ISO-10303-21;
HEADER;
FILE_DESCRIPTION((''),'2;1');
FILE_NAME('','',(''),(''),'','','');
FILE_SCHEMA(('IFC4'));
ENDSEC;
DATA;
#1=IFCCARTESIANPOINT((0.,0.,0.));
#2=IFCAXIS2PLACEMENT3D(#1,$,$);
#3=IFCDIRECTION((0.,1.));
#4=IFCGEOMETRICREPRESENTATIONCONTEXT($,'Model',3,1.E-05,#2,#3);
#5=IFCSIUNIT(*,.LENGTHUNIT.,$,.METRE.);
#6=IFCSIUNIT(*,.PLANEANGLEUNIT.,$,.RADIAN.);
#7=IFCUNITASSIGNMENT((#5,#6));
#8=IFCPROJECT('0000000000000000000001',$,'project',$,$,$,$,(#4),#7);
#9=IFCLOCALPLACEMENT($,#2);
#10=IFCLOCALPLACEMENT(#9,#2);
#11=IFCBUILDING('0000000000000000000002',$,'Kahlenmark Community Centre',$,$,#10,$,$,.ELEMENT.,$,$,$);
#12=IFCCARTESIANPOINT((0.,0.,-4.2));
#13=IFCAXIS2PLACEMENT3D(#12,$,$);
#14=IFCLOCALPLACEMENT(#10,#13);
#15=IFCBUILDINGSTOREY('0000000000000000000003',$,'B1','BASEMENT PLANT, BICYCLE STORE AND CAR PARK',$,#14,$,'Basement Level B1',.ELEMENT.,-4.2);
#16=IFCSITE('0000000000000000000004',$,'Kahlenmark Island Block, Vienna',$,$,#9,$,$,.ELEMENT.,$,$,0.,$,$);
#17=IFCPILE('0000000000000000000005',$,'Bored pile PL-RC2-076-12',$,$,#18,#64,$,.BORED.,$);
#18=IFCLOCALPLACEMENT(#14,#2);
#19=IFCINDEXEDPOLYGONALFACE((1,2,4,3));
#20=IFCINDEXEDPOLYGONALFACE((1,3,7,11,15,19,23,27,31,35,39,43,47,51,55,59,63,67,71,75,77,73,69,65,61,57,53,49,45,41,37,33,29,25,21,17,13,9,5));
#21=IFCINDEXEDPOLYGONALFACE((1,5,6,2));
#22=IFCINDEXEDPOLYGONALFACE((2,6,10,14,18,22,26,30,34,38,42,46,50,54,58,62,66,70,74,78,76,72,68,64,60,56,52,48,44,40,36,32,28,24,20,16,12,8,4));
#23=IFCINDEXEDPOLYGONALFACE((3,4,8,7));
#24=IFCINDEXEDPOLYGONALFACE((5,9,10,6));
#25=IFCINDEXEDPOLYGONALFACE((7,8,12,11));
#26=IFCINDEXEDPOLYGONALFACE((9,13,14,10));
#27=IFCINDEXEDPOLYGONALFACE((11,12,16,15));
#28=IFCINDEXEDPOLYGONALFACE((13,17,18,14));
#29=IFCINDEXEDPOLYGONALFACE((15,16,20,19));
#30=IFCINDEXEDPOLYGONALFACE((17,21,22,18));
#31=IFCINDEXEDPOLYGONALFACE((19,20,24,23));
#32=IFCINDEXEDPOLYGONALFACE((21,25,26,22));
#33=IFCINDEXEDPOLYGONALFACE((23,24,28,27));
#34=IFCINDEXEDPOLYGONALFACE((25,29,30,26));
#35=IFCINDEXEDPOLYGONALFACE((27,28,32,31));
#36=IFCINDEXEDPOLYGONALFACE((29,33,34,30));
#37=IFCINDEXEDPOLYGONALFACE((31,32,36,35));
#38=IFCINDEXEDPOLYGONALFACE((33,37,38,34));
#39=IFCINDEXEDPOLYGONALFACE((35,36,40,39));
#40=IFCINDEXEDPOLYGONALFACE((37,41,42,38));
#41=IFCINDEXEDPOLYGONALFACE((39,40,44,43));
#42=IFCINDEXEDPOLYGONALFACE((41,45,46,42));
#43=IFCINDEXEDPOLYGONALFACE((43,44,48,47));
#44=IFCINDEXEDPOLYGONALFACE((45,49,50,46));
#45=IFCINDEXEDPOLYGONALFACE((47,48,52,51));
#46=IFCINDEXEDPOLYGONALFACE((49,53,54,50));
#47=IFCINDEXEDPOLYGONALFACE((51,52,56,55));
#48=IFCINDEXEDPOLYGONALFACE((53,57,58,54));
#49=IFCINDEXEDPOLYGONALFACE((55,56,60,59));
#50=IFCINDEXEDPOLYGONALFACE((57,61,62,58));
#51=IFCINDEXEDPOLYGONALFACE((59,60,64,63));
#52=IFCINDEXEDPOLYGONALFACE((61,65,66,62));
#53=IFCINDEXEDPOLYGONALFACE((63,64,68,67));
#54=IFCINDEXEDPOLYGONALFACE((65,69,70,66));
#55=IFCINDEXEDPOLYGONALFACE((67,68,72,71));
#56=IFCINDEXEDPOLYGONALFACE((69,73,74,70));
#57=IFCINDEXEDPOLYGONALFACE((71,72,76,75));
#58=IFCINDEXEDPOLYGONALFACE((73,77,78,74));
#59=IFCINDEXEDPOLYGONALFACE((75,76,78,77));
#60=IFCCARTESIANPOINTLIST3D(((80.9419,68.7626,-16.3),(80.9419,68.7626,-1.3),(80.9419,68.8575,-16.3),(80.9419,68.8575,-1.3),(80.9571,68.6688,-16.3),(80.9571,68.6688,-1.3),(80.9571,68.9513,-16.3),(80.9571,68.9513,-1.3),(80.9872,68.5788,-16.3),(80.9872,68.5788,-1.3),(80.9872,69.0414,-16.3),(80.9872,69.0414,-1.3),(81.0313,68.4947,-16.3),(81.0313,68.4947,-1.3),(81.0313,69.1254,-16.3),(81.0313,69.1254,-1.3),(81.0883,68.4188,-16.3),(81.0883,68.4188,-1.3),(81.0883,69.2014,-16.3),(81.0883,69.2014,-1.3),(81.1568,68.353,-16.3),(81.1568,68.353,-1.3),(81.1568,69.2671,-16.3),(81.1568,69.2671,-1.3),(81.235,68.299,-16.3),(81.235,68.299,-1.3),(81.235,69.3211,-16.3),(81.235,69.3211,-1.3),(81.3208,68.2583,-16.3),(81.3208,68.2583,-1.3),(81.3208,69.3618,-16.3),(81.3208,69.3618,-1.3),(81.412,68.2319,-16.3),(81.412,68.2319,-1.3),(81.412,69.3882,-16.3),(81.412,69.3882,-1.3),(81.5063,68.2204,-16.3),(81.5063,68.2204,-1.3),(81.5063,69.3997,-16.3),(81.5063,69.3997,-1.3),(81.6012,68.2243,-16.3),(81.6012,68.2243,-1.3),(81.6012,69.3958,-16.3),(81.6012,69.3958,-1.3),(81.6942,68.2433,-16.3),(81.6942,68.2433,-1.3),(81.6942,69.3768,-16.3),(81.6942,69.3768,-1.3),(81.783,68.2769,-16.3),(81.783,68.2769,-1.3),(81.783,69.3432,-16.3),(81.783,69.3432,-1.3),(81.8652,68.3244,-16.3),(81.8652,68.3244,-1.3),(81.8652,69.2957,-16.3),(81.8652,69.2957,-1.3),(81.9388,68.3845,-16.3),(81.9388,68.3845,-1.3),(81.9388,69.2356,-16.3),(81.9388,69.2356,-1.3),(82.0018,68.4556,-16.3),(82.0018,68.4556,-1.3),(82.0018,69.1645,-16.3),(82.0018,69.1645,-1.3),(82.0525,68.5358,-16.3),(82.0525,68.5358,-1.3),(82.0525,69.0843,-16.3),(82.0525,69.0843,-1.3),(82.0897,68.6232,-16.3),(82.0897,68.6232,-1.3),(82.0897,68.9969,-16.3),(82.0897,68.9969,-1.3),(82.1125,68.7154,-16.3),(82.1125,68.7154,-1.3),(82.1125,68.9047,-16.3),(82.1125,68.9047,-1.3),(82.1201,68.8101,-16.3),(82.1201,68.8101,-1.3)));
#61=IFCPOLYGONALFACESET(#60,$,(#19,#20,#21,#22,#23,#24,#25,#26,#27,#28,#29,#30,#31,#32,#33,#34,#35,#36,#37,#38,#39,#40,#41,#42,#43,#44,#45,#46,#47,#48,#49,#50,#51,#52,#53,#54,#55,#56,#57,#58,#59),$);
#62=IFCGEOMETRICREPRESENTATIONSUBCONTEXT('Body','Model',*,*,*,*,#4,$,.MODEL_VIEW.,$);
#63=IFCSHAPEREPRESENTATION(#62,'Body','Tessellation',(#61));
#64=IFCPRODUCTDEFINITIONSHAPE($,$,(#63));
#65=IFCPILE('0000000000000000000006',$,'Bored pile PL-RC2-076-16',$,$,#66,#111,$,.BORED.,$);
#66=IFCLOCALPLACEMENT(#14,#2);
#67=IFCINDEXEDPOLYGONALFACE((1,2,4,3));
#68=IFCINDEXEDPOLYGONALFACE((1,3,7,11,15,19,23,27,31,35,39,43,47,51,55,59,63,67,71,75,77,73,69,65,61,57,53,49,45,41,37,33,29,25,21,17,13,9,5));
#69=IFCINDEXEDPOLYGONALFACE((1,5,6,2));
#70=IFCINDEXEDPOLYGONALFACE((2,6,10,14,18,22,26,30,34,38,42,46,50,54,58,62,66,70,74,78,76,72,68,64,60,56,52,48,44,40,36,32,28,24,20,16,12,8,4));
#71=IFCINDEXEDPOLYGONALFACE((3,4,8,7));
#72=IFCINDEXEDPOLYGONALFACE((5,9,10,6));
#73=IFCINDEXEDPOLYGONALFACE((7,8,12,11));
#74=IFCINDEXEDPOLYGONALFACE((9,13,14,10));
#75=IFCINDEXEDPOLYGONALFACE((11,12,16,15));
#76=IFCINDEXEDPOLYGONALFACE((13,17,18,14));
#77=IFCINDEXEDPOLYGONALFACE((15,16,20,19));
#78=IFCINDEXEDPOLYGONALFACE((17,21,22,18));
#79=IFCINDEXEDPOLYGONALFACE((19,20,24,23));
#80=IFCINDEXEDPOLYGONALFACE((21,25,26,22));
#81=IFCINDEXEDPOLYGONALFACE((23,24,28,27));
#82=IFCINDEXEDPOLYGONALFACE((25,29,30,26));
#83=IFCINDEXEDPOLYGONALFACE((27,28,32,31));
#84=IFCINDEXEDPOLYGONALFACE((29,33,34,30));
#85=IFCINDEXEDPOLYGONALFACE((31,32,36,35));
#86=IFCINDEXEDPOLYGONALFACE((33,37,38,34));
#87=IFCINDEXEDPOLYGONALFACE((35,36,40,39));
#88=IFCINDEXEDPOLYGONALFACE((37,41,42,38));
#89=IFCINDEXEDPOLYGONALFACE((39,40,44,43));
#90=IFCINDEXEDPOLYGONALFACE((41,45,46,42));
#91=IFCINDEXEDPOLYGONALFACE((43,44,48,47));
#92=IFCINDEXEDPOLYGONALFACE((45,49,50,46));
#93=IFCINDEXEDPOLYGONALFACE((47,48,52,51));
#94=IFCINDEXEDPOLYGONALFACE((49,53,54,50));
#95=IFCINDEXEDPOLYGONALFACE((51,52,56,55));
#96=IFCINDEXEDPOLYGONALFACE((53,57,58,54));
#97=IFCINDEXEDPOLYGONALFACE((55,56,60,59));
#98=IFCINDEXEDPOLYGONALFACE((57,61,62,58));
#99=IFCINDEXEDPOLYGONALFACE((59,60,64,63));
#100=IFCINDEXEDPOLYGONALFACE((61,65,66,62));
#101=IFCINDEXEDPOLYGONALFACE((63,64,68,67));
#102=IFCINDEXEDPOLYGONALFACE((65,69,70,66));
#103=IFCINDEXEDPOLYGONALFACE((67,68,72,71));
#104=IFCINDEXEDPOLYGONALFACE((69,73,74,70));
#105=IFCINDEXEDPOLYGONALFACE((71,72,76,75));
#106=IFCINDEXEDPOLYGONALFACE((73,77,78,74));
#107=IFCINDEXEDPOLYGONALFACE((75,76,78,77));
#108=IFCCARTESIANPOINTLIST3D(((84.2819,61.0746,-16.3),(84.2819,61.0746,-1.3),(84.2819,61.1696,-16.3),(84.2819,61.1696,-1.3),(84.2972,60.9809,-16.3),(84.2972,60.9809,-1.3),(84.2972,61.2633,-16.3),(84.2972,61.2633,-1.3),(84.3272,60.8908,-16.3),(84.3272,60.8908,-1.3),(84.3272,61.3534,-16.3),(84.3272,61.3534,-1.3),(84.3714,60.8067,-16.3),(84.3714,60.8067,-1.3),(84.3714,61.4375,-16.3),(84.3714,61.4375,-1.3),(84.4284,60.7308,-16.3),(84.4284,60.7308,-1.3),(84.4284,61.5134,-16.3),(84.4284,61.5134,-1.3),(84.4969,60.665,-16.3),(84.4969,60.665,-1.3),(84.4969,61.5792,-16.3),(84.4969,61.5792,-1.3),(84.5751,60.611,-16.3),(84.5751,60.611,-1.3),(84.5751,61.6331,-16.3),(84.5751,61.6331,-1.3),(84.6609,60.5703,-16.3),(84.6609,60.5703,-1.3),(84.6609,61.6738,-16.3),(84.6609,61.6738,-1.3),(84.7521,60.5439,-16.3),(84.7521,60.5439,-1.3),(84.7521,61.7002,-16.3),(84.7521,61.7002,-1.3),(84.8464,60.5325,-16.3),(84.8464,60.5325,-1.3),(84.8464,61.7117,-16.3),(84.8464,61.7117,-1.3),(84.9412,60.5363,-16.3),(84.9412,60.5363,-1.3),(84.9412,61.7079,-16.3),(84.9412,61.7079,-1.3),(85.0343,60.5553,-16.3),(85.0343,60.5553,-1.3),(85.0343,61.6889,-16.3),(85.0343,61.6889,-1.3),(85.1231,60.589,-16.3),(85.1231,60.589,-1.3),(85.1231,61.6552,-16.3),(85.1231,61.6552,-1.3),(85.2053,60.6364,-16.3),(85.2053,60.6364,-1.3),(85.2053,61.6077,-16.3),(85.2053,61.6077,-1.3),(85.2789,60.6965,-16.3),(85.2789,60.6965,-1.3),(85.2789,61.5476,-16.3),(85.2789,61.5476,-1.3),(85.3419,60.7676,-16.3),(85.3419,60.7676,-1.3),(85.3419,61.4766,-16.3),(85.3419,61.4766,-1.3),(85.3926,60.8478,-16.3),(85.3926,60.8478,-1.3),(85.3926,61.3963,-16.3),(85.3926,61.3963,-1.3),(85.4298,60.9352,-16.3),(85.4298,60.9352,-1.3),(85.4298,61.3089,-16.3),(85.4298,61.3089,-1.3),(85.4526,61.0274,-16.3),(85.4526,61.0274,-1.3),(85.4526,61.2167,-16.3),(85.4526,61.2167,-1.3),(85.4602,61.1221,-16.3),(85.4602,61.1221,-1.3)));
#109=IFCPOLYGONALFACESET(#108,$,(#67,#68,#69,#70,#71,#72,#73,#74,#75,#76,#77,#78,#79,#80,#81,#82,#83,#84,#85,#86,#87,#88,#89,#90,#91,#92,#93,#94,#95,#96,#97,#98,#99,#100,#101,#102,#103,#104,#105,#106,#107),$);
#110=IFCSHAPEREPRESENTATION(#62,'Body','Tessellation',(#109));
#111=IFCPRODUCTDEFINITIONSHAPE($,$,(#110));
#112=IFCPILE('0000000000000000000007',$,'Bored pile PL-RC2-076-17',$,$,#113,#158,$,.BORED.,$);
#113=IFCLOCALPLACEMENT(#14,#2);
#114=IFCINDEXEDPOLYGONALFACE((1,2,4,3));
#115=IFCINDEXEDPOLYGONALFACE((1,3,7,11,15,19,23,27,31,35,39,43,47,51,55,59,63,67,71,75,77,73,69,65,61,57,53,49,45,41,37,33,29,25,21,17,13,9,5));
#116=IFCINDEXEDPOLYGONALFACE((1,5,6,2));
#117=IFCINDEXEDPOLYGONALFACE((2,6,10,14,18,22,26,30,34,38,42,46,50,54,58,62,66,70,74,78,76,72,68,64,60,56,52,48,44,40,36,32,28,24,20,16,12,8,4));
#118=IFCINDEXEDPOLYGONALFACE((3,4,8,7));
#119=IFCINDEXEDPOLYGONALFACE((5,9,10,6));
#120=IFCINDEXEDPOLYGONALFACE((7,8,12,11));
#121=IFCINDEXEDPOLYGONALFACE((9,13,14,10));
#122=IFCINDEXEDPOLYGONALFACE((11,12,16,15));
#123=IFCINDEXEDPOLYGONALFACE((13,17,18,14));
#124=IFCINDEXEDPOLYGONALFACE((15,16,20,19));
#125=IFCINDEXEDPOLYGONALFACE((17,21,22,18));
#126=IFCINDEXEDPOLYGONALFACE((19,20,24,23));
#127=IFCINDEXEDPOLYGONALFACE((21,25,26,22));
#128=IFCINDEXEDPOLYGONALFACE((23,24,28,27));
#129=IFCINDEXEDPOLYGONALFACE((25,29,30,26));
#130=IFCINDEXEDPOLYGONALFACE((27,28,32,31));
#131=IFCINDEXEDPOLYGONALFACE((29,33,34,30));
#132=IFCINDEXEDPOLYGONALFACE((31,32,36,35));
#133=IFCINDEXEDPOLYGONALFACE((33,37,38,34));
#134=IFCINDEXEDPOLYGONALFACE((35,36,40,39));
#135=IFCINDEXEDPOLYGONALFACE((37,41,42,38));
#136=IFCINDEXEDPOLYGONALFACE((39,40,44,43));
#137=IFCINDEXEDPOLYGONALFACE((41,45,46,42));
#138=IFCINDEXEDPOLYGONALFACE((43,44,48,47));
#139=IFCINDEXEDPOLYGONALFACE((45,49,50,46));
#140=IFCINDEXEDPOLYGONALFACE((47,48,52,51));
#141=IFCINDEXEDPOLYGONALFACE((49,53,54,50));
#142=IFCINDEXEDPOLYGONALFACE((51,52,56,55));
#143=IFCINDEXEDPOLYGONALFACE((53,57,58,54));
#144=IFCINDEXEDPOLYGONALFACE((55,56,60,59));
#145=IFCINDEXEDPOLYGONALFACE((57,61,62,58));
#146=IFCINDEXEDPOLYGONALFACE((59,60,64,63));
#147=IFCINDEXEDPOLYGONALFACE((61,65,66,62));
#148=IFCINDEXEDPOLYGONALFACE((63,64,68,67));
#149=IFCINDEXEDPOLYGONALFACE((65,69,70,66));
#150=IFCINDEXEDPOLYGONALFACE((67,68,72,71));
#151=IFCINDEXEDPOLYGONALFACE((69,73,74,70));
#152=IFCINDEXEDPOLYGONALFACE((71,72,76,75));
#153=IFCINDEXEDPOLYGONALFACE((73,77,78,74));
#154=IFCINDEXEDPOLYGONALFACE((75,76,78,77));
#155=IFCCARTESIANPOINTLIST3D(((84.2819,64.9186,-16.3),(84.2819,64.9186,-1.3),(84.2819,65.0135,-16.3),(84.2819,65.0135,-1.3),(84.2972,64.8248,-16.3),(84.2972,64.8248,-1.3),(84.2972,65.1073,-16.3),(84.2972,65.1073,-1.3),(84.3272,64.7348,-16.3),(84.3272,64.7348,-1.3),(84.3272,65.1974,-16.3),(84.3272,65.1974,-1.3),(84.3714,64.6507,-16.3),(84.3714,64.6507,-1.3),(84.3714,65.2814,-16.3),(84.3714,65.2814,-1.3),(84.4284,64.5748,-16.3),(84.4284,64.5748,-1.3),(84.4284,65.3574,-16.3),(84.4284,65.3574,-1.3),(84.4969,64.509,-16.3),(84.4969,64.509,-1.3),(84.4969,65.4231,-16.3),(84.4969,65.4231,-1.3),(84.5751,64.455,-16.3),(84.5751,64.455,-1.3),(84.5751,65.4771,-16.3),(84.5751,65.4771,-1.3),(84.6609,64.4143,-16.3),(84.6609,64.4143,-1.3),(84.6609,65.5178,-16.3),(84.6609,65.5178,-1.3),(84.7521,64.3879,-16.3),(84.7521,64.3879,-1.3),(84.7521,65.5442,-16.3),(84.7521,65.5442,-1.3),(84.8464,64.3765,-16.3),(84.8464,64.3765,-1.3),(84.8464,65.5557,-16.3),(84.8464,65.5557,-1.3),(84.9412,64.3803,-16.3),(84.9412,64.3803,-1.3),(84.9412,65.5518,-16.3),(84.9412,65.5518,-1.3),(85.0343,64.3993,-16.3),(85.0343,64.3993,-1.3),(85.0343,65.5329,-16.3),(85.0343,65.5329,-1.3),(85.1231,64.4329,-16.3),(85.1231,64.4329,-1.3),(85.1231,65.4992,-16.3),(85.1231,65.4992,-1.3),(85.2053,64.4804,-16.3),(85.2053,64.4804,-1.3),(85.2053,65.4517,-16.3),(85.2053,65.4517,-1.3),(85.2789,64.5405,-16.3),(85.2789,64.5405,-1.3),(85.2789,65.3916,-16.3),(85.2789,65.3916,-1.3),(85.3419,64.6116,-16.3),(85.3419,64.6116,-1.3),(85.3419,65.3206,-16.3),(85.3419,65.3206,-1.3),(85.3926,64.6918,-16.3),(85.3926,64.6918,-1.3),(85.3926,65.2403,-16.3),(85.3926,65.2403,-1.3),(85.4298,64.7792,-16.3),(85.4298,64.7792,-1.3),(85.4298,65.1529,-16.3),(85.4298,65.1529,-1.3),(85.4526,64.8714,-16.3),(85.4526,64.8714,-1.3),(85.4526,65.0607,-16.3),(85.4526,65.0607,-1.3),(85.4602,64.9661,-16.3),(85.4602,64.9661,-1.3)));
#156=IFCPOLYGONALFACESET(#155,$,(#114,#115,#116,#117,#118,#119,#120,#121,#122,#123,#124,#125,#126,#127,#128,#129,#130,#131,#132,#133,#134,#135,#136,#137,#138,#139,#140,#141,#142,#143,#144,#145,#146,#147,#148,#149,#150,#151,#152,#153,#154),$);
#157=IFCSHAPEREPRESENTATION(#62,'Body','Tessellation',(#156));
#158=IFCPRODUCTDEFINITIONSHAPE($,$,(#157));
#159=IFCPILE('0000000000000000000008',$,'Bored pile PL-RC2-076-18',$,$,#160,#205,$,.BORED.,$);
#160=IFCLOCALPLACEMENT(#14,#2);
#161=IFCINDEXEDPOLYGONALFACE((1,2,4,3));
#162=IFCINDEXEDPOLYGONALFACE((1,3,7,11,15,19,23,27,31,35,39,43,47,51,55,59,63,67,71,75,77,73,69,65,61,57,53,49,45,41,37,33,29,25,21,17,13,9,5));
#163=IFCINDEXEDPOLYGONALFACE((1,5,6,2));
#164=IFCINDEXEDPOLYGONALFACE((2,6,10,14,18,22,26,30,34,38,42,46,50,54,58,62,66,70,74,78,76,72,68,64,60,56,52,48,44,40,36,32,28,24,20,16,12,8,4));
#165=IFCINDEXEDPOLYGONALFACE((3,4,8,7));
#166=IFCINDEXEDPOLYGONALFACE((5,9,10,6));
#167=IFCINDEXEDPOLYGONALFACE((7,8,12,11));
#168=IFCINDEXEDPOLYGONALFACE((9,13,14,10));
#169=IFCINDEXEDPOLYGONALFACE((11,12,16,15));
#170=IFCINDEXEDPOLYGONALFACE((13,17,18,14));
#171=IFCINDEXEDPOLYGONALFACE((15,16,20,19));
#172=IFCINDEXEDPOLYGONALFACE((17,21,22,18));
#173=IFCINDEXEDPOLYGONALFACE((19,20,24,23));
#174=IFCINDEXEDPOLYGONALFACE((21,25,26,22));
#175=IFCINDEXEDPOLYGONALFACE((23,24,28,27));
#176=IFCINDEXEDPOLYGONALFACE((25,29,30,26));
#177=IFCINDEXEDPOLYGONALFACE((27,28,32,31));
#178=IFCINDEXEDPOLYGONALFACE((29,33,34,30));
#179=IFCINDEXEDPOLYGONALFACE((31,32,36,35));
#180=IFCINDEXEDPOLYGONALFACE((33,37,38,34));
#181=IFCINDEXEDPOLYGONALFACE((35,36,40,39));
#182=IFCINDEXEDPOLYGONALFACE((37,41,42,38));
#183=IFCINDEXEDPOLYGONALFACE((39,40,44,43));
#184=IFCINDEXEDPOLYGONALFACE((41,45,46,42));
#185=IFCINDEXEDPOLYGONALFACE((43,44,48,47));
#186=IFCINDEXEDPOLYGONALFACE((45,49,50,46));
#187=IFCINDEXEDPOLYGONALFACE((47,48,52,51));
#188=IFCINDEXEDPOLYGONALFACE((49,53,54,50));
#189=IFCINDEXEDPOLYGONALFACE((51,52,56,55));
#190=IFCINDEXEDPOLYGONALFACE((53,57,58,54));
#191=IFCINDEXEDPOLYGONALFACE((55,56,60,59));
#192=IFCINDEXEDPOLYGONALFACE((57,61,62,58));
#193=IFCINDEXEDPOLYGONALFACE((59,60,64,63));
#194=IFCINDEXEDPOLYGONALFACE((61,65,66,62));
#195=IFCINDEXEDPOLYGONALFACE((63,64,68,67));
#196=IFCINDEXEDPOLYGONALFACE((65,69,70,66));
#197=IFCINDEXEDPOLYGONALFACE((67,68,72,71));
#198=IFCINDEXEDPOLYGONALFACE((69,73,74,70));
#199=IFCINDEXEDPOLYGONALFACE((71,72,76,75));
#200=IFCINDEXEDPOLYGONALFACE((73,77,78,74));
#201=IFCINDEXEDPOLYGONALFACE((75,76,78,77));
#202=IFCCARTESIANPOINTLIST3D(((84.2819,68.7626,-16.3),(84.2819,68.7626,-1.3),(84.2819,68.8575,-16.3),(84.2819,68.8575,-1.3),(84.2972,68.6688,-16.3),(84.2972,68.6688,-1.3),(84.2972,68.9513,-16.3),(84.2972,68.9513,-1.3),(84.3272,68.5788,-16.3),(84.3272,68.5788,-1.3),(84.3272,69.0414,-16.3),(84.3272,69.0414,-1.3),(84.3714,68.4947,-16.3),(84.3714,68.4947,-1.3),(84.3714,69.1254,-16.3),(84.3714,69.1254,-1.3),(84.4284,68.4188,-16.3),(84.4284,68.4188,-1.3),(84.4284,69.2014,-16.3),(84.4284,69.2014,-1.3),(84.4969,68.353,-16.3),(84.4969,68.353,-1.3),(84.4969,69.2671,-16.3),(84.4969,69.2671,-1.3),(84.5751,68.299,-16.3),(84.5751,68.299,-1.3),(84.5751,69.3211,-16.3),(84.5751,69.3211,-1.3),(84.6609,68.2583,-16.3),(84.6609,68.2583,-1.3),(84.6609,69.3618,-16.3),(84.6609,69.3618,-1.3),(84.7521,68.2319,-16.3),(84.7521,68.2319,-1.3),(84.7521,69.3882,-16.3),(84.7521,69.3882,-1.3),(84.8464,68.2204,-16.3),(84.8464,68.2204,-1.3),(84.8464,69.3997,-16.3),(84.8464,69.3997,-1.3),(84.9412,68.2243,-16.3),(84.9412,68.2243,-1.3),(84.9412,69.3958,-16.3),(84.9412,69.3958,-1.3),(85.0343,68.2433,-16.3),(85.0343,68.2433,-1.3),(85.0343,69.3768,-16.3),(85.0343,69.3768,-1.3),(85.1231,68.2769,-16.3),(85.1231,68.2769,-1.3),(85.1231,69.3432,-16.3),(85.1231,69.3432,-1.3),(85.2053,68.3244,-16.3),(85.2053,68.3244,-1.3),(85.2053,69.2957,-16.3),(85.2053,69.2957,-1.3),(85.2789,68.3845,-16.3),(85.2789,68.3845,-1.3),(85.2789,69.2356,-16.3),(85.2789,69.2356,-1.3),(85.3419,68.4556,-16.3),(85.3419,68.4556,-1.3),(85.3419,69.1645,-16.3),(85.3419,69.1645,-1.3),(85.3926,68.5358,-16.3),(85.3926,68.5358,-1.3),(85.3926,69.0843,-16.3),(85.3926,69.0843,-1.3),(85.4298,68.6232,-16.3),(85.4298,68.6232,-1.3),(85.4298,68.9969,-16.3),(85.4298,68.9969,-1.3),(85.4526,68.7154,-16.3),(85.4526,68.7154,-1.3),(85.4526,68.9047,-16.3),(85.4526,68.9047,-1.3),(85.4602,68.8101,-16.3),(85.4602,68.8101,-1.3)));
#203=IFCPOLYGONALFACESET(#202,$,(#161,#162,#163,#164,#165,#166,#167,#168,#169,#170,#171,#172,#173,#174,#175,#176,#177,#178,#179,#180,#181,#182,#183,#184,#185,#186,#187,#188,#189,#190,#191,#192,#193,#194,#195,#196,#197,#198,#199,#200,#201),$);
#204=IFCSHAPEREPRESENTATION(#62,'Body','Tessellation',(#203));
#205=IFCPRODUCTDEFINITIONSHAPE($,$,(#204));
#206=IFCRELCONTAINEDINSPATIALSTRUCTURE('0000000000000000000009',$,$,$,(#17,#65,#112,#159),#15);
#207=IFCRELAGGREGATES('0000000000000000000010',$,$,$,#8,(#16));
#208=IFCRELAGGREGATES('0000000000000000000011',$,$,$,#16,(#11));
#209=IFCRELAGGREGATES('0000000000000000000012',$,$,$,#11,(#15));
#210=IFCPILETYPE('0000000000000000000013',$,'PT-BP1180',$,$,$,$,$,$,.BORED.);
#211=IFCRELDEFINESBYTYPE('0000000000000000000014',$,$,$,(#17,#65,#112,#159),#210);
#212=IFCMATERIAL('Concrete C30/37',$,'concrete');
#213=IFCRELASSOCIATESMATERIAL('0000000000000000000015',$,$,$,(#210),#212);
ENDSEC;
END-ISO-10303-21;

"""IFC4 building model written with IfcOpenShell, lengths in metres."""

from ifc_helpers import new_model, si_unit, direction, frame, origin, origin_2d, place, context, subcontext, project, spatial, circle, extrude, material, material_profile, profile_set, type_object, element, save


model = new_model("IFC4")

# Units and contexts
model_context = context("Model", 3, precision=1e-05, world=origin(), true_north=direction((0.0, 1.0)))
body_context = subcontext(model_context, "Body", "Model", "MODEL_VIEW")
ifc_project = project(units=[si_unit("LENGTHUNIT", "METRE"), si_unit("PLANEANGLEUNIT", "RADIAN")], contexts=[model_context])

# Site, building, storey
site_placement = place(None, origin())
site = spatial("IfcSite", under=ifc_project, at=site_placement, Name="Kahlenmark Island Block, Vienna", CompositionType="ELEMENT", RefElevation=0.0)
building_placement = place(site_placement, origin())
building = spatial("IfcBuilding", under=site, at=building_placement, Name="Kahlenmark Community Centre", CompositionType="ELEMENT")
storey_placement = place(building_placement, frame((0.0, 0.0, -4.2)))
storey = spatial("IfcBuildingStorey", under=building, at=storey_placement, Name="B1", Description="BASEMENT PLANT, BICYCLE STORE AND CAR PARK", LongName="Basement Level B1", CompositionType="ELEMENT", Elevation=-4.2)

# Shared definitions
ifc_material_1 = material(Name="Concrete C30/37", Category="concrete")

# Piles
ifc_material_profile_1 = material_profile(ifc_material_1, circle(Radius=0.5901, at=origin_2d()), Name="BORED PILE 1180")
ifc_profile_set_1 = profile_set([ifc_material_profile_1], Name="Concrete C30/37")
pile_type_1 = type_object("IfcPileType", Name="PT-BP1180", PredefinedType="BORED", material=ifc_profile_set_1)
for number, where, z_axis, x_axis, name in (
    (1, (81.53, 68.8101, -1.3), (0.0, 0.0, -1.0), (1.0, 0.0, 0.0), "Bored pile PL-RC2-076-12"),
    (2, (84.8701, 61.1221, -1.3), (0.0, 0.0, -1.0), (1.0, 0.0, 0.0), "Bored pile PL-RC2-076-16"),
    (3, (84.8701, 64.9661, -1.3), (0.0, 0.0, -1.0), (1.0, 0.0, 0.0), "Bored pile PL-RC2-076-17"),
    (4, (84.8701, 68.8101, -1.3), (0.0, 0.0, -1.0), (1.0, 0.0, 0.0), "Bored pile PL-RC2-076-18"),
):
    element("IfcPile", number, at=place(storey_placement, frame(where, z_axis=z_axis, x_axis=x_axis)), inside=storey, type_object=pile_type_1, Name=name, PredefinedType="BORED", context=body_context, shape_type="SweptSolid", body=[
        extrude(circle(Radius=0.5901, at=origin_2d()), origin(), (0.0, 0.0, 1.0), 15.0),
    ])

save(model, "model.ifc")
